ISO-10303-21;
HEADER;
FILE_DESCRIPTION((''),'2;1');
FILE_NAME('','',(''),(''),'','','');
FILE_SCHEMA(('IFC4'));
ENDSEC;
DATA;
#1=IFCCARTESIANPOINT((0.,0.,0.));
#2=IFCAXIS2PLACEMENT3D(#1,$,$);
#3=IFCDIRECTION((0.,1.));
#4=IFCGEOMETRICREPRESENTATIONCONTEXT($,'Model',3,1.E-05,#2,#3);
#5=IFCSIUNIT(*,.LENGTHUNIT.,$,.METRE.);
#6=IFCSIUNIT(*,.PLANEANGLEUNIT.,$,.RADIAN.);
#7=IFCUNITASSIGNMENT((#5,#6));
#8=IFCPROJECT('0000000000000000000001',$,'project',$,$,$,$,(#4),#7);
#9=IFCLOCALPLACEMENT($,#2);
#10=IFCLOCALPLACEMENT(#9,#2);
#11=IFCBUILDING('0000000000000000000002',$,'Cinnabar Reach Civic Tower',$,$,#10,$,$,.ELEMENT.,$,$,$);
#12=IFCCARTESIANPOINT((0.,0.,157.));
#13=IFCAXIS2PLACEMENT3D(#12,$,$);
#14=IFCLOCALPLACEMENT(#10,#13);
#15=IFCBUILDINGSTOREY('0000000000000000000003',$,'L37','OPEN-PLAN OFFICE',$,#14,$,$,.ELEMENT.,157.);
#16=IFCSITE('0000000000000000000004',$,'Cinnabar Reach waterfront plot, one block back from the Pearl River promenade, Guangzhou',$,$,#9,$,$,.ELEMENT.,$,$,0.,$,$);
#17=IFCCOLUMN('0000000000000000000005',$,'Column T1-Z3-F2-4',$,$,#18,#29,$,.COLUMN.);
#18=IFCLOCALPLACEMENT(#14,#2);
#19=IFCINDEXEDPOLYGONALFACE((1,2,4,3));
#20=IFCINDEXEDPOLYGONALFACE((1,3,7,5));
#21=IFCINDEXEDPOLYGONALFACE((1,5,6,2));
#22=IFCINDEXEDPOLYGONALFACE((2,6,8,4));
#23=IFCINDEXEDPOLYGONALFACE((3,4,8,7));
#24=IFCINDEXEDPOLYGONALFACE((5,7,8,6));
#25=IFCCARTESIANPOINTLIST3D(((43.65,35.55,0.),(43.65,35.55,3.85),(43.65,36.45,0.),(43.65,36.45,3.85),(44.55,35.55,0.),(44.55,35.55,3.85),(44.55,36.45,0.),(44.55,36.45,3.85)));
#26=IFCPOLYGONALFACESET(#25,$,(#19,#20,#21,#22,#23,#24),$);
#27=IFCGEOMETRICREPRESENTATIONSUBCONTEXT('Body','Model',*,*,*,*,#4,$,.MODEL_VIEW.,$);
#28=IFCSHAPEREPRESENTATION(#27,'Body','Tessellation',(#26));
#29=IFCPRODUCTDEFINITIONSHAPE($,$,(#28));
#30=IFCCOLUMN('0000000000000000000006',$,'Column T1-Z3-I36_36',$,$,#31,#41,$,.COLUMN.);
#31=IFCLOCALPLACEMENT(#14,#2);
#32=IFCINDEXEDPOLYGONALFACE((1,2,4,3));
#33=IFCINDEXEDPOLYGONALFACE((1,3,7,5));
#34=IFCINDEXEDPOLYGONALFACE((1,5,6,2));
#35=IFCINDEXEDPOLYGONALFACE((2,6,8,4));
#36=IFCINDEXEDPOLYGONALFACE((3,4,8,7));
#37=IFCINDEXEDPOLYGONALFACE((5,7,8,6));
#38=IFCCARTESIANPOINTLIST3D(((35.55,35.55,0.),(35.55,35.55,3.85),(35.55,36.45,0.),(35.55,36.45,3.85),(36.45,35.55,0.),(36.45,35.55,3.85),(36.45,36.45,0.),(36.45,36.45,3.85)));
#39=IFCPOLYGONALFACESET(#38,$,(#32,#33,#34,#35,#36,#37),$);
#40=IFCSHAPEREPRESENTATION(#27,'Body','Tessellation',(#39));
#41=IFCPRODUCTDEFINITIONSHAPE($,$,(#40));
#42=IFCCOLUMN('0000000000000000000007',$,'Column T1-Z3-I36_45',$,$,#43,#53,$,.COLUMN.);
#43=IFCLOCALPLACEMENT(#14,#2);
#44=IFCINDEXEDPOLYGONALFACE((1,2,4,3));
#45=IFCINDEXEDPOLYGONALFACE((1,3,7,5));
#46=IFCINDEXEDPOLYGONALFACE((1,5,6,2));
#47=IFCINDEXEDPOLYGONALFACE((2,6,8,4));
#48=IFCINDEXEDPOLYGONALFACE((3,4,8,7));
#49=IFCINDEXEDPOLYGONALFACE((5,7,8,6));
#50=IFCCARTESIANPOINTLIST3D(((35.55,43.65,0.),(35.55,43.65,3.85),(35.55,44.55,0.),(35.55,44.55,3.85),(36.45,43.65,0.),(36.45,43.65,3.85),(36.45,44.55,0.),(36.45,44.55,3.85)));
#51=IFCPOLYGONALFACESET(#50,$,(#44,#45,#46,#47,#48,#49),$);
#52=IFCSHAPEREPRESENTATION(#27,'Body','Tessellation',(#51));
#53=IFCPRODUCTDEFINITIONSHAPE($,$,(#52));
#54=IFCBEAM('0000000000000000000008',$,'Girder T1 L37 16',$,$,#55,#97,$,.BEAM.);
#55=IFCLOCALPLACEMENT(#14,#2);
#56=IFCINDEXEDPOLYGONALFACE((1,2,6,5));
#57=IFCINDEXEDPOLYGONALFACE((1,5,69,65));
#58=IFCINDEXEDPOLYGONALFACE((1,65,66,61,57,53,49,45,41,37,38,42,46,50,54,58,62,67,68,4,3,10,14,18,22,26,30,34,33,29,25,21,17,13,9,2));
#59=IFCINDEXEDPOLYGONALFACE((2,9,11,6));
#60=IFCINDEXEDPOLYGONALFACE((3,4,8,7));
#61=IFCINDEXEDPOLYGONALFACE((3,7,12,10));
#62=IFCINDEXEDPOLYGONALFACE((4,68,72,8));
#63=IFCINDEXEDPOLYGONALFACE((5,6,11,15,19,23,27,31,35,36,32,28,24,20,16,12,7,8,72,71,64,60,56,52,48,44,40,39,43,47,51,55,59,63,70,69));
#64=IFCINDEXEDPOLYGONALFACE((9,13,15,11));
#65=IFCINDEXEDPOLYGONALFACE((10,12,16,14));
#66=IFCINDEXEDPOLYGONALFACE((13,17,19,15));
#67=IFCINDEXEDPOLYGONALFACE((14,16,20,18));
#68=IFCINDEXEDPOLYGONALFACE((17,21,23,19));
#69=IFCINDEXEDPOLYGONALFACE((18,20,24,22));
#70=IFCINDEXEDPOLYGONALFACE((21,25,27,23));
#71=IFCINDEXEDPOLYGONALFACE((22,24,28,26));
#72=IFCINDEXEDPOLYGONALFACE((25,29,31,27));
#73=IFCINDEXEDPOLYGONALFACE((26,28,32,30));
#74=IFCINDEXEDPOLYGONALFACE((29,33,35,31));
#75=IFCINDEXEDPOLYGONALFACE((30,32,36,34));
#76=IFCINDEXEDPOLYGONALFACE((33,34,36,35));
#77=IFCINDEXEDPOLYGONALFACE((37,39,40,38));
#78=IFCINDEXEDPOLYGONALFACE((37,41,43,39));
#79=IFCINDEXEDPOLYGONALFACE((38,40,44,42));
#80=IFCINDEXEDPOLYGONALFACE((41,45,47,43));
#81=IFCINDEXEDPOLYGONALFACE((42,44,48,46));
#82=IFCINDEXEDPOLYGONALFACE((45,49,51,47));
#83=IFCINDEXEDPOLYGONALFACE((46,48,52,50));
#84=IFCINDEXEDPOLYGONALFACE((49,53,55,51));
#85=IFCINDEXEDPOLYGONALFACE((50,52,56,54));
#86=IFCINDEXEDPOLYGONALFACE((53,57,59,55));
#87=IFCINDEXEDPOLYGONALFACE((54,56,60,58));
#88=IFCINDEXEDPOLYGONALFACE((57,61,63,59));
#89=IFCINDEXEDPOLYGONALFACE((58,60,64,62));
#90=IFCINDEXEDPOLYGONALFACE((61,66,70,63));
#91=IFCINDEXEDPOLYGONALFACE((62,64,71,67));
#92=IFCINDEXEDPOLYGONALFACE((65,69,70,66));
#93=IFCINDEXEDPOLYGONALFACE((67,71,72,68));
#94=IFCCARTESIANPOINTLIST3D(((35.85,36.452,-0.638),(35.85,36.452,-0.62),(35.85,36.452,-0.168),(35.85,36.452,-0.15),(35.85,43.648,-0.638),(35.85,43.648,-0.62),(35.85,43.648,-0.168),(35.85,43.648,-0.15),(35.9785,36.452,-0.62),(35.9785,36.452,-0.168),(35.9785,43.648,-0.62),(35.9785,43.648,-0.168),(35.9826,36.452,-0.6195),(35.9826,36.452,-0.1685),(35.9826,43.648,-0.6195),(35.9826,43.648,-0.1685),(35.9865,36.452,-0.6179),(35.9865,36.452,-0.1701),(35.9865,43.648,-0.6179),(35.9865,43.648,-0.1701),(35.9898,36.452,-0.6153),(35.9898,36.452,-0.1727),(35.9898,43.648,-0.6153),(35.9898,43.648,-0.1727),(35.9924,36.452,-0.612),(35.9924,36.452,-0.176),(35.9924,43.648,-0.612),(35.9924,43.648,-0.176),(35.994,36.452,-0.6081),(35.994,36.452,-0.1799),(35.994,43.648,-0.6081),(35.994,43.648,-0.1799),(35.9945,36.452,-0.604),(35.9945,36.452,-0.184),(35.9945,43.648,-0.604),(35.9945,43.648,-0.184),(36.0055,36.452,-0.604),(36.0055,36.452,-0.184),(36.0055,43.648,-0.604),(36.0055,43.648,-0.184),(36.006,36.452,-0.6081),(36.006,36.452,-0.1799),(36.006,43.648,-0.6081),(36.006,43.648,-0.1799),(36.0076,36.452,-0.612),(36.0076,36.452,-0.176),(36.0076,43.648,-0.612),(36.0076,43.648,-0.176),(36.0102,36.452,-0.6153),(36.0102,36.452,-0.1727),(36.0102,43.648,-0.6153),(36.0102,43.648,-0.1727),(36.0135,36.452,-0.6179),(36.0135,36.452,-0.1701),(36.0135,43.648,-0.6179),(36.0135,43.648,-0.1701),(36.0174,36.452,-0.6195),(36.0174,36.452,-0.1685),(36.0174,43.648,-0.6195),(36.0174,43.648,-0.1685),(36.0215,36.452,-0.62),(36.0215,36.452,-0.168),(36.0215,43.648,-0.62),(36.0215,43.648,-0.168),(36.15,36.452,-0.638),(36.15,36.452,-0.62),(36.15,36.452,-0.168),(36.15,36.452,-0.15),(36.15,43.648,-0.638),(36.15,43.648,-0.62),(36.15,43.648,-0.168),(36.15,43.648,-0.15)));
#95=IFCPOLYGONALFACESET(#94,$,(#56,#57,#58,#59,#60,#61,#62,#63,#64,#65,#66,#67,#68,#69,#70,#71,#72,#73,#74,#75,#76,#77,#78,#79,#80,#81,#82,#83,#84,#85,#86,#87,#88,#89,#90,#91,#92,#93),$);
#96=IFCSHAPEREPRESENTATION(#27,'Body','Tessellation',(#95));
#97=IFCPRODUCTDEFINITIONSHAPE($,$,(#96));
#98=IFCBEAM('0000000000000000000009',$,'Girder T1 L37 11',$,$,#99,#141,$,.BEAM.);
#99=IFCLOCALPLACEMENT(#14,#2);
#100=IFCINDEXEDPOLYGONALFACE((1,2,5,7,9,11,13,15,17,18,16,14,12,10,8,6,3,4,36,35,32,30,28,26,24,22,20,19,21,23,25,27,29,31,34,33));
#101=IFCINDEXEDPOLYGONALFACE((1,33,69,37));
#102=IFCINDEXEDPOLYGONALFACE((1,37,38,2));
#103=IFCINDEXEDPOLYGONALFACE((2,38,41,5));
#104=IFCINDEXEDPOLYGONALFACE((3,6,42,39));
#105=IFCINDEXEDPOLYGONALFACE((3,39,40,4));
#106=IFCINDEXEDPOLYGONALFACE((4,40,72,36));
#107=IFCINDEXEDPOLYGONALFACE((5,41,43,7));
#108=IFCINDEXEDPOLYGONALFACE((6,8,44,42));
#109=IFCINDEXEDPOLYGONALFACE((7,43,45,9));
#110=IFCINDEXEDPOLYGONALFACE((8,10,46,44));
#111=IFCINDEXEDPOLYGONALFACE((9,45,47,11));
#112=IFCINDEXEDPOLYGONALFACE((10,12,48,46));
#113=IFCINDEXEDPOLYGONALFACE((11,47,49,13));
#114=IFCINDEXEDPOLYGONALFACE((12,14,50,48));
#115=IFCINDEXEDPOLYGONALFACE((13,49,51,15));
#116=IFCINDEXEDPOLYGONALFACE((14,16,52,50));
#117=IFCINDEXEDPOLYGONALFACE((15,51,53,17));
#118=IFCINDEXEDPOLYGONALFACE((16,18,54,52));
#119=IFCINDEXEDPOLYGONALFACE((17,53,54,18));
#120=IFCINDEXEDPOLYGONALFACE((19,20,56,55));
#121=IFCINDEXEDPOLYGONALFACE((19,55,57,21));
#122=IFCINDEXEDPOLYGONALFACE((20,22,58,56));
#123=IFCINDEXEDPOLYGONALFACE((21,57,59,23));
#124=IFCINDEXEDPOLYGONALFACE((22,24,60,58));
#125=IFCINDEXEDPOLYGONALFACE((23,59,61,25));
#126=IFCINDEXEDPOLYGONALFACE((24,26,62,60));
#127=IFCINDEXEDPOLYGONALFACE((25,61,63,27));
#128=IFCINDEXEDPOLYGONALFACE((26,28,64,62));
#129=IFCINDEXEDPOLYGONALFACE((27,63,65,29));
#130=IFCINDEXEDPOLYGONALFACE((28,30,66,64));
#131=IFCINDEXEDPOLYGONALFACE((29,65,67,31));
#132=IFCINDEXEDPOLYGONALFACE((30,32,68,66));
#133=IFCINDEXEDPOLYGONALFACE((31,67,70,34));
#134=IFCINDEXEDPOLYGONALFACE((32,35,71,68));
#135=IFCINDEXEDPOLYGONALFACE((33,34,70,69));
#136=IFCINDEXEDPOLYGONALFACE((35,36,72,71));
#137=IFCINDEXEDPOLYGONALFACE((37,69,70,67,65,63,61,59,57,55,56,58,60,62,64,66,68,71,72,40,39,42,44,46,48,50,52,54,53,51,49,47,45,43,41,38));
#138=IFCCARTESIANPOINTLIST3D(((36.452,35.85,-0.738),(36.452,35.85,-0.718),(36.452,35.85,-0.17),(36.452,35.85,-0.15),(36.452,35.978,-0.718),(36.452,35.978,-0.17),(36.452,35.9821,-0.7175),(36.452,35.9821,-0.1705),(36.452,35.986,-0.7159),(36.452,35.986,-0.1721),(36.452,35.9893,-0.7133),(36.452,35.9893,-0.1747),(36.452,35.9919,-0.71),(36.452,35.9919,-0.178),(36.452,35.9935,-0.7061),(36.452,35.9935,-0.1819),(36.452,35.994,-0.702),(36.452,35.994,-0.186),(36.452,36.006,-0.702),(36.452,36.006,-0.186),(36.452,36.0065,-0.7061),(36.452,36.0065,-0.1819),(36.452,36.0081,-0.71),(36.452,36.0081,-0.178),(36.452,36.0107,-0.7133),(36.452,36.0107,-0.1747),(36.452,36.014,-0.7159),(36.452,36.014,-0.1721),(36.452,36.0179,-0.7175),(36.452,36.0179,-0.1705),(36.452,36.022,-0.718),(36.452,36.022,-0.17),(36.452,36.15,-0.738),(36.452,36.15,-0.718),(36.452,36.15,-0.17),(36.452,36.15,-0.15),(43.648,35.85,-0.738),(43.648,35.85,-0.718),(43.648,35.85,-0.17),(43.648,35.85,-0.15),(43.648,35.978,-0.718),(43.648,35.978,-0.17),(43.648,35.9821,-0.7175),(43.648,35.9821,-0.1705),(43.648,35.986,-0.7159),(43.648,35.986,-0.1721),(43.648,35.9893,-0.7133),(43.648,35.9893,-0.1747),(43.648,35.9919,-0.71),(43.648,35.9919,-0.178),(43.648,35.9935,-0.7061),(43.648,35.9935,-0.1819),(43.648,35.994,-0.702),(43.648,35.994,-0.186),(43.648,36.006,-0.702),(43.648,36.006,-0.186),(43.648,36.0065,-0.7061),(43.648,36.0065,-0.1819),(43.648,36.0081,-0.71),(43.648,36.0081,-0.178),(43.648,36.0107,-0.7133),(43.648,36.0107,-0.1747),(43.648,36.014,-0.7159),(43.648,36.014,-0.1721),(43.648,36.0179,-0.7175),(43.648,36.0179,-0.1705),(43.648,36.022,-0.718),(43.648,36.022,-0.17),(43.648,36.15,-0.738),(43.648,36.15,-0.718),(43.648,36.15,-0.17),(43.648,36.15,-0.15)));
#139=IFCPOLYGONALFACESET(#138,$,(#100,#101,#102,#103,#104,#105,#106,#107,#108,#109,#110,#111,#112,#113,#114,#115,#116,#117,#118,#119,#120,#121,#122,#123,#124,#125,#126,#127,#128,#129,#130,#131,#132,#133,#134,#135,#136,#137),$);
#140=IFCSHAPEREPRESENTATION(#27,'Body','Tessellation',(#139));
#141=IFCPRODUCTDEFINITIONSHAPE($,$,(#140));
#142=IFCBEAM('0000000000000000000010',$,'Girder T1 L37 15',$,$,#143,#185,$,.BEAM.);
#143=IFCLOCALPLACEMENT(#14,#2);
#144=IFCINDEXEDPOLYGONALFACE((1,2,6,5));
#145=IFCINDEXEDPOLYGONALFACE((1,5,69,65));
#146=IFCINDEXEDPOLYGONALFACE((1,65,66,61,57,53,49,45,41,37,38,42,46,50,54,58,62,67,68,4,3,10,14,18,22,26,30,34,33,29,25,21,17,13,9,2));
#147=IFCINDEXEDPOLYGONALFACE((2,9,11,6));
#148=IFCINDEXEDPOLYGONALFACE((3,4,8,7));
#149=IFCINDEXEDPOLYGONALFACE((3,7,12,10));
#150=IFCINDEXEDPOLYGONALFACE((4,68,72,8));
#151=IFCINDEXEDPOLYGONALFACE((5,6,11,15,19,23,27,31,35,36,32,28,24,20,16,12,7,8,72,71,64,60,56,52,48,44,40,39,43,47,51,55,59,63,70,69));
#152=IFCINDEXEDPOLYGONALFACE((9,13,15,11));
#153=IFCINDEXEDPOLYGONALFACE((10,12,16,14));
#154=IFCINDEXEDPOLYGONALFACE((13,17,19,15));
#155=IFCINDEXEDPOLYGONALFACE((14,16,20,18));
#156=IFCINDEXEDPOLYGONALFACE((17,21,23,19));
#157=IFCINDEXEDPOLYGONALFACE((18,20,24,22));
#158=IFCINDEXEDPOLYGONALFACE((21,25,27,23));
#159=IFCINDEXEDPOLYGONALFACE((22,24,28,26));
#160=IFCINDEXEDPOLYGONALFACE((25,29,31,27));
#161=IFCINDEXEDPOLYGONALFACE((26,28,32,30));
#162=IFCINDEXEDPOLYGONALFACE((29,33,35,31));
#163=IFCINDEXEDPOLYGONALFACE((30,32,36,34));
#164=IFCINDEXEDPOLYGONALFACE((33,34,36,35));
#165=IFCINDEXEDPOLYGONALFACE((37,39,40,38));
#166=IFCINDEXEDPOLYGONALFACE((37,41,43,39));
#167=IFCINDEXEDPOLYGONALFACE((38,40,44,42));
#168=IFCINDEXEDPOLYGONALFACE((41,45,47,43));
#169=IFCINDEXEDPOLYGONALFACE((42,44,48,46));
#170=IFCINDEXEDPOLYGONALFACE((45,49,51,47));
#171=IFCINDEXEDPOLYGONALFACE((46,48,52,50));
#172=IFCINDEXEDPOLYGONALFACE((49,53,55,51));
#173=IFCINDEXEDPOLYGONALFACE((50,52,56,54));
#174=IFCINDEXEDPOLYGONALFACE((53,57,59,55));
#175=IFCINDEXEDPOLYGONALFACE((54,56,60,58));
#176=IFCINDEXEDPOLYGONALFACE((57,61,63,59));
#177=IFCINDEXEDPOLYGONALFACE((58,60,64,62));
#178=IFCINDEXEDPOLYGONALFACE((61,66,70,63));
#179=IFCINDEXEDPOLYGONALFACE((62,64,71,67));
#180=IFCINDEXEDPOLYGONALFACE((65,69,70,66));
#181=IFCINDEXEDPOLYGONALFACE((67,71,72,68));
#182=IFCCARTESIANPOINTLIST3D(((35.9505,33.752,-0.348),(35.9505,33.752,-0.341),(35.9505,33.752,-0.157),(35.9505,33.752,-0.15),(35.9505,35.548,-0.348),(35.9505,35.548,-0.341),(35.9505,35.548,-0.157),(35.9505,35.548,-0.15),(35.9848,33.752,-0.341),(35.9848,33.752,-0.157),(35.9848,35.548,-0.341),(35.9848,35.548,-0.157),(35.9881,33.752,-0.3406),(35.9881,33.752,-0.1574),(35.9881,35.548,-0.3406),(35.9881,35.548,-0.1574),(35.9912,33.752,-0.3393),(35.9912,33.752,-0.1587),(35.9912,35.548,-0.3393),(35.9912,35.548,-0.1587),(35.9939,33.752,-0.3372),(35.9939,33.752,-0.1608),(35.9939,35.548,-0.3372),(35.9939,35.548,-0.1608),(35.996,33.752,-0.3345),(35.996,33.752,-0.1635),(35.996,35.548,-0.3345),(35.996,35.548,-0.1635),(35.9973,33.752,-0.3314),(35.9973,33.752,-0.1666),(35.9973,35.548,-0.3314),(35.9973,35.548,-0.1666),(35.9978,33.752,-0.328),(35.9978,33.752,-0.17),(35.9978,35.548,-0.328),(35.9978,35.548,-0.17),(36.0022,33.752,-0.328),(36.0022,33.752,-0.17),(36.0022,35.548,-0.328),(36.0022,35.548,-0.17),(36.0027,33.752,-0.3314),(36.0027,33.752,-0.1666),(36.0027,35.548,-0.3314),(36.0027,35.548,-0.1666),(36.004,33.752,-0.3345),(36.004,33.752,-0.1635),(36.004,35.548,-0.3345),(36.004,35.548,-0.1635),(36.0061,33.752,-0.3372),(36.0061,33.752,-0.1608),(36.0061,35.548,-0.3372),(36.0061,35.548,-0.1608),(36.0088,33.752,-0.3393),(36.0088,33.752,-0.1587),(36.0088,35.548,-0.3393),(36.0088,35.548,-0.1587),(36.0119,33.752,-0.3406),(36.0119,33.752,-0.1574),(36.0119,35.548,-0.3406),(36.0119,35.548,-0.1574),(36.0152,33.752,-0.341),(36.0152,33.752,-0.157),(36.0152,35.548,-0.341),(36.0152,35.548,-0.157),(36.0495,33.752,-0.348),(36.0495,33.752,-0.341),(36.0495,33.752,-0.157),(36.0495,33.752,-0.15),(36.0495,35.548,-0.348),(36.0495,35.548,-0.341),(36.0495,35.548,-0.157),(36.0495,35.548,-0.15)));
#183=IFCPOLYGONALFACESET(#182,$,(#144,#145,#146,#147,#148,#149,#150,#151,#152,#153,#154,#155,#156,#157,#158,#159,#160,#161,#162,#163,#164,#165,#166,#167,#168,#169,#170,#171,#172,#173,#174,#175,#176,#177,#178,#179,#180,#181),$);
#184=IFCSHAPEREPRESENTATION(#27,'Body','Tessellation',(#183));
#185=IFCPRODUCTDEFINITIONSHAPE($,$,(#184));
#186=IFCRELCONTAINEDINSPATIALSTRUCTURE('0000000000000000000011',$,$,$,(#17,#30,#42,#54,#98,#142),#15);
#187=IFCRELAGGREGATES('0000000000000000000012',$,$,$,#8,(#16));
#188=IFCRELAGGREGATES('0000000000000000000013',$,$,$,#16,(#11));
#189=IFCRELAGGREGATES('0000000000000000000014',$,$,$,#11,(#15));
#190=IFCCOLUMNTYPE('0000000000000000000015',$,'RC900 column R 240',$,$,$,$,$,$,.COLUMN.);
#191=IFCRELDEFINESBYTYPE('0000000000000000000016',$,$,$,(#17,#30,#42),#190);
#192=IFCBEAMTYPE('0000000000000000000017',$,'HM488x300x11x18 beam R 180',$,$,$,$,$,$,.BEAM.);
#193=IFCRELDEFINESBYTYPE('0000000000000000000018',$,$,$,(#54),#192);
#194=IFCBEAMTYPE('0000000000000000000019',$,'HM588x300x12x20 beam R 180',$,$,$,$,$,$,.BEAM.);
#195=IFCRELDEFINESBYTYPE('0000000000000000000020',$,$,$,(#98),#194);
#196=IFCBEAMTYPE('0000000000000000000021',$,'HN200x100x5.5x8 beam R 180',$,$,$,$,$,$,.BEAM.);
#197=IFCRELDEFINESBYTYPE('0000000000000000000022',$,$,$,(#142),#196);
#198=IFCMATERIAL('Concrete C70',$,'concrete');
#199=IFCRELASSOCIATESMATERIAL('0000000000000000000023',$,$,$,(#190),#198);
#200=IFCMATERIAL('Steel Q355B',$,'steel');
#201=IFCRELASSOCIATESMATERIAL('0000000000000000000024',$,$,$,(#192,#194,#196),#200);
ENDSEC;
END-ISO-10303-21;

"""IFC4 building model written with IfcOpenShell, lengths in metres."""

from ifc_helpers import new_model, si_unit, direction, frame, origin, origin_2d, place, context, subcontext, project, spatial, rectangle, i_section, extrude, material, material_profile, profile_set, type_object, element, save


model = new_model("IFC4")

# Units and contexts
model_context = context("Model", 3, precision=1e-05, world=origin(), true_north=direction((0.0, 1.0)))
body_context = subcontext(model_context, "Body", "Model", "MODEL_VIEW")
ifc_project = project(units=[si_unit("LENGTHUNIT", "METRE"), si_unit("PLANEANGLEUNIT", "RADIAN")], contexts=[model_context])

# Site, building, storey
site_placement = place(None, origin())
site = spatial("IfcSite", under=ifc_project, at=site_placement, Name="Cinnabar Reach waterfront plot, one block back from the Pearl River promenade, Guangzhou", CompositionType="ELEMENT", RefElevation=0.0)
building_placement = place(site_placement, origin())
building = spatial("IfcBuilding", under=site, at=building_placement, Name="Cinnabar Reach Civic Tower", CompositionType="ELEMENT")
storey_placement = place(building_placement, frame((0.0, 0.0, 157.0)))
storey = spatial("IfcBuildingStorey", under=building, at=storey_placement, Name="L37", Description="OPEN-PLAN OFFICE", CompositionType="ELEMENT", Elevation=157.0)

# Columns
ifc_material_1 = material(Name="Concrete C70", Category="concrete")
ifc_material_profile_1 = material_profile(ifc_material_1, rectangle(XDim=0.9, YDim=0.9, at=origin_2d()), Name="RC900")
ifc_profile_set_1 = profile_set([ifc_material_profile_1], Name="Concrete C70")
column_type = type_object("IfcColumnType", Name="RC900 column R 240", PredefinedType="COLUMN", material=ifc_profile_set_1)
for number, where, z_axis, x_axis, name in (
    (1, (44.1, 36.0, 0.0), (0.0, 0.0, 1.0), (1.0, 0.0, 0.0), "Column T1-Z3-F2-4"),
    (2, (36.0, 36.0, 0.0), (0.0, 0.0, 1.0), (1.0, 0.0, 0.0), "Column T1-Z3-I36_36"),
    (3, (36.0, 44.1, 0.0), (0.0, 0.0, 1.0), (1.0, 0.0, 0.0), "Column T1-Z3-I36_45"),
):
    element("IfcColumn", number, at=place(storey_placement, frame(where, z_axis=z_axis, x_axis=x_axis)), inside=storey, type_object=column_type, Name=name, PredefinedType="COLUMN", context=body_context, shape_type="SweptSolid", body=[
        extrude(rectangle(XDim=0.9, YDim=0.9, at=origin_2d()), origin(), (0.0, 0.0, 1.0), 3.85),
    ])

# Beams
ifc_material_2 = material(Name="Steel Q355B", Category="steel")
ifc_material_profile_2 = material_profile(ifc_material_2, i_section(OverallWidth=0.3, OverallDepth=0.488, WebThickness=0.011, FlangeThickness=0.018, FilletRadius=0.016, at=origin_2d()), Name="HM488x300x11x18")
ifc_profile_set_2 = profile_set([ifc_material_profile_2], Name="Steel Q355B")
beam_type_1 = type_object("IfcBeamType", Name="HM488x300x11x18 beam R 180", PredefinedType="BEAM", material=ifc_profile_set_2)
beam_1_placement = place(storey_placement, frame((36.0, 36.452, -0.394), z_axis=(0.0, 1.0, 0.0), x_axis=(-1.0, 0.0, 0.0)))
element("IfcBeam", 4, at=beam_1_placement, inside=storey, type_object=beam_type_1, Name="Girder T1 L37 16", PredefinedType="BEAM", context=body_context, shape_type="SweptSolid", body=[
    extrude(i_section(OverallWidth=0.3, OverallDepth=0.488, WebThickness=0.011, FlangeThickness=0.018, FilletRadius=0.016, at=origin_2d()), origin(), (0.0, 0.0, 1.0), 7.196),
])
ifc_material_profile_3 = material_profile(ifc_material_2, i_section(OverallWidth=0.3, OverallDepth=0.588, WebThickness=0.012, FlangeThickness=0.02, FilletRadius=0.016, at=origin_2d()), Name="HM588x300x12x20")
ifc_profile_set_3 = profile_set([ifc_material_profile_3], Name="Steel Q355B")
beam_type_2 = type_object("IfcBeamType", Name="HM588x300x12x20 beam R 180", PredefinedType="BEAM", material=ifc_profile_set_3)
beam_2_placement = place(storey_placement, frame((36.452, 36.0, -0.444), z_axis=(1.0, 0.0, 0.0), x_axis=(0.0, 1.0, 0.0)))
element("IfcBeam", 5, at=beam_2_placement, inside=storey, type_object=beam_type_2, Name="Girder T1 L37 11", PredefinedType="BEAM", context=body_context, shape_type="SweptSolid", body=[
    extrude(i_section(OverallWidth=0.3, OverallDepth=0.588, WebThickness=0.012, FlangeThickness=0.02, FilletRadius=0.016, at=origin_2d()), origin(), (0.0, 0.0, 1.0), 7.196),
])
ifc_material_profile_4 = material_profile(ifc_material_2, i_section(OverallWidth=0.099, OverallDepth=0.198, WebThickness=0.0045, FlangeThickness=0.007, FilletRadius=0.013, at=origin_2d()), Name="HN200x100x5.5x8")
ifc_profile_set_4 = profile_set([ifc_material_profile_4], Name="Steel Q355B")
beam_type_3 = type_object("IfcBeamType", Name="HN200x100x5.5x8 beam R 180", PredefinedType="BEAM", material=ifc_profile_set_4)
beam_3_placement = place(storey_placement, frame((36.0, 33.752, -0.249), z_axis=(0.0, 1.0, 0.0), x_axis=(-1.0, 0.0, 0.0)))
element("IfcBeam", 6, at=beam_3_placement, inside=storey, type_object=beam_type_3, Name="Girder T1 L37 15", PredefinedType="BEAM", context=body_context, shape_type="SweptSolid", body=[
    extrude(i_section(OverallWidth=0.099, OverallDepth=0.198, WebThickness=0.0045, FlangeThickness=0.007, FilletRadius=0.013, at=origin_2d()), origin(), (0.0, 0.0, 1.0), 1.796),
])

save(model, "model.ifc")
